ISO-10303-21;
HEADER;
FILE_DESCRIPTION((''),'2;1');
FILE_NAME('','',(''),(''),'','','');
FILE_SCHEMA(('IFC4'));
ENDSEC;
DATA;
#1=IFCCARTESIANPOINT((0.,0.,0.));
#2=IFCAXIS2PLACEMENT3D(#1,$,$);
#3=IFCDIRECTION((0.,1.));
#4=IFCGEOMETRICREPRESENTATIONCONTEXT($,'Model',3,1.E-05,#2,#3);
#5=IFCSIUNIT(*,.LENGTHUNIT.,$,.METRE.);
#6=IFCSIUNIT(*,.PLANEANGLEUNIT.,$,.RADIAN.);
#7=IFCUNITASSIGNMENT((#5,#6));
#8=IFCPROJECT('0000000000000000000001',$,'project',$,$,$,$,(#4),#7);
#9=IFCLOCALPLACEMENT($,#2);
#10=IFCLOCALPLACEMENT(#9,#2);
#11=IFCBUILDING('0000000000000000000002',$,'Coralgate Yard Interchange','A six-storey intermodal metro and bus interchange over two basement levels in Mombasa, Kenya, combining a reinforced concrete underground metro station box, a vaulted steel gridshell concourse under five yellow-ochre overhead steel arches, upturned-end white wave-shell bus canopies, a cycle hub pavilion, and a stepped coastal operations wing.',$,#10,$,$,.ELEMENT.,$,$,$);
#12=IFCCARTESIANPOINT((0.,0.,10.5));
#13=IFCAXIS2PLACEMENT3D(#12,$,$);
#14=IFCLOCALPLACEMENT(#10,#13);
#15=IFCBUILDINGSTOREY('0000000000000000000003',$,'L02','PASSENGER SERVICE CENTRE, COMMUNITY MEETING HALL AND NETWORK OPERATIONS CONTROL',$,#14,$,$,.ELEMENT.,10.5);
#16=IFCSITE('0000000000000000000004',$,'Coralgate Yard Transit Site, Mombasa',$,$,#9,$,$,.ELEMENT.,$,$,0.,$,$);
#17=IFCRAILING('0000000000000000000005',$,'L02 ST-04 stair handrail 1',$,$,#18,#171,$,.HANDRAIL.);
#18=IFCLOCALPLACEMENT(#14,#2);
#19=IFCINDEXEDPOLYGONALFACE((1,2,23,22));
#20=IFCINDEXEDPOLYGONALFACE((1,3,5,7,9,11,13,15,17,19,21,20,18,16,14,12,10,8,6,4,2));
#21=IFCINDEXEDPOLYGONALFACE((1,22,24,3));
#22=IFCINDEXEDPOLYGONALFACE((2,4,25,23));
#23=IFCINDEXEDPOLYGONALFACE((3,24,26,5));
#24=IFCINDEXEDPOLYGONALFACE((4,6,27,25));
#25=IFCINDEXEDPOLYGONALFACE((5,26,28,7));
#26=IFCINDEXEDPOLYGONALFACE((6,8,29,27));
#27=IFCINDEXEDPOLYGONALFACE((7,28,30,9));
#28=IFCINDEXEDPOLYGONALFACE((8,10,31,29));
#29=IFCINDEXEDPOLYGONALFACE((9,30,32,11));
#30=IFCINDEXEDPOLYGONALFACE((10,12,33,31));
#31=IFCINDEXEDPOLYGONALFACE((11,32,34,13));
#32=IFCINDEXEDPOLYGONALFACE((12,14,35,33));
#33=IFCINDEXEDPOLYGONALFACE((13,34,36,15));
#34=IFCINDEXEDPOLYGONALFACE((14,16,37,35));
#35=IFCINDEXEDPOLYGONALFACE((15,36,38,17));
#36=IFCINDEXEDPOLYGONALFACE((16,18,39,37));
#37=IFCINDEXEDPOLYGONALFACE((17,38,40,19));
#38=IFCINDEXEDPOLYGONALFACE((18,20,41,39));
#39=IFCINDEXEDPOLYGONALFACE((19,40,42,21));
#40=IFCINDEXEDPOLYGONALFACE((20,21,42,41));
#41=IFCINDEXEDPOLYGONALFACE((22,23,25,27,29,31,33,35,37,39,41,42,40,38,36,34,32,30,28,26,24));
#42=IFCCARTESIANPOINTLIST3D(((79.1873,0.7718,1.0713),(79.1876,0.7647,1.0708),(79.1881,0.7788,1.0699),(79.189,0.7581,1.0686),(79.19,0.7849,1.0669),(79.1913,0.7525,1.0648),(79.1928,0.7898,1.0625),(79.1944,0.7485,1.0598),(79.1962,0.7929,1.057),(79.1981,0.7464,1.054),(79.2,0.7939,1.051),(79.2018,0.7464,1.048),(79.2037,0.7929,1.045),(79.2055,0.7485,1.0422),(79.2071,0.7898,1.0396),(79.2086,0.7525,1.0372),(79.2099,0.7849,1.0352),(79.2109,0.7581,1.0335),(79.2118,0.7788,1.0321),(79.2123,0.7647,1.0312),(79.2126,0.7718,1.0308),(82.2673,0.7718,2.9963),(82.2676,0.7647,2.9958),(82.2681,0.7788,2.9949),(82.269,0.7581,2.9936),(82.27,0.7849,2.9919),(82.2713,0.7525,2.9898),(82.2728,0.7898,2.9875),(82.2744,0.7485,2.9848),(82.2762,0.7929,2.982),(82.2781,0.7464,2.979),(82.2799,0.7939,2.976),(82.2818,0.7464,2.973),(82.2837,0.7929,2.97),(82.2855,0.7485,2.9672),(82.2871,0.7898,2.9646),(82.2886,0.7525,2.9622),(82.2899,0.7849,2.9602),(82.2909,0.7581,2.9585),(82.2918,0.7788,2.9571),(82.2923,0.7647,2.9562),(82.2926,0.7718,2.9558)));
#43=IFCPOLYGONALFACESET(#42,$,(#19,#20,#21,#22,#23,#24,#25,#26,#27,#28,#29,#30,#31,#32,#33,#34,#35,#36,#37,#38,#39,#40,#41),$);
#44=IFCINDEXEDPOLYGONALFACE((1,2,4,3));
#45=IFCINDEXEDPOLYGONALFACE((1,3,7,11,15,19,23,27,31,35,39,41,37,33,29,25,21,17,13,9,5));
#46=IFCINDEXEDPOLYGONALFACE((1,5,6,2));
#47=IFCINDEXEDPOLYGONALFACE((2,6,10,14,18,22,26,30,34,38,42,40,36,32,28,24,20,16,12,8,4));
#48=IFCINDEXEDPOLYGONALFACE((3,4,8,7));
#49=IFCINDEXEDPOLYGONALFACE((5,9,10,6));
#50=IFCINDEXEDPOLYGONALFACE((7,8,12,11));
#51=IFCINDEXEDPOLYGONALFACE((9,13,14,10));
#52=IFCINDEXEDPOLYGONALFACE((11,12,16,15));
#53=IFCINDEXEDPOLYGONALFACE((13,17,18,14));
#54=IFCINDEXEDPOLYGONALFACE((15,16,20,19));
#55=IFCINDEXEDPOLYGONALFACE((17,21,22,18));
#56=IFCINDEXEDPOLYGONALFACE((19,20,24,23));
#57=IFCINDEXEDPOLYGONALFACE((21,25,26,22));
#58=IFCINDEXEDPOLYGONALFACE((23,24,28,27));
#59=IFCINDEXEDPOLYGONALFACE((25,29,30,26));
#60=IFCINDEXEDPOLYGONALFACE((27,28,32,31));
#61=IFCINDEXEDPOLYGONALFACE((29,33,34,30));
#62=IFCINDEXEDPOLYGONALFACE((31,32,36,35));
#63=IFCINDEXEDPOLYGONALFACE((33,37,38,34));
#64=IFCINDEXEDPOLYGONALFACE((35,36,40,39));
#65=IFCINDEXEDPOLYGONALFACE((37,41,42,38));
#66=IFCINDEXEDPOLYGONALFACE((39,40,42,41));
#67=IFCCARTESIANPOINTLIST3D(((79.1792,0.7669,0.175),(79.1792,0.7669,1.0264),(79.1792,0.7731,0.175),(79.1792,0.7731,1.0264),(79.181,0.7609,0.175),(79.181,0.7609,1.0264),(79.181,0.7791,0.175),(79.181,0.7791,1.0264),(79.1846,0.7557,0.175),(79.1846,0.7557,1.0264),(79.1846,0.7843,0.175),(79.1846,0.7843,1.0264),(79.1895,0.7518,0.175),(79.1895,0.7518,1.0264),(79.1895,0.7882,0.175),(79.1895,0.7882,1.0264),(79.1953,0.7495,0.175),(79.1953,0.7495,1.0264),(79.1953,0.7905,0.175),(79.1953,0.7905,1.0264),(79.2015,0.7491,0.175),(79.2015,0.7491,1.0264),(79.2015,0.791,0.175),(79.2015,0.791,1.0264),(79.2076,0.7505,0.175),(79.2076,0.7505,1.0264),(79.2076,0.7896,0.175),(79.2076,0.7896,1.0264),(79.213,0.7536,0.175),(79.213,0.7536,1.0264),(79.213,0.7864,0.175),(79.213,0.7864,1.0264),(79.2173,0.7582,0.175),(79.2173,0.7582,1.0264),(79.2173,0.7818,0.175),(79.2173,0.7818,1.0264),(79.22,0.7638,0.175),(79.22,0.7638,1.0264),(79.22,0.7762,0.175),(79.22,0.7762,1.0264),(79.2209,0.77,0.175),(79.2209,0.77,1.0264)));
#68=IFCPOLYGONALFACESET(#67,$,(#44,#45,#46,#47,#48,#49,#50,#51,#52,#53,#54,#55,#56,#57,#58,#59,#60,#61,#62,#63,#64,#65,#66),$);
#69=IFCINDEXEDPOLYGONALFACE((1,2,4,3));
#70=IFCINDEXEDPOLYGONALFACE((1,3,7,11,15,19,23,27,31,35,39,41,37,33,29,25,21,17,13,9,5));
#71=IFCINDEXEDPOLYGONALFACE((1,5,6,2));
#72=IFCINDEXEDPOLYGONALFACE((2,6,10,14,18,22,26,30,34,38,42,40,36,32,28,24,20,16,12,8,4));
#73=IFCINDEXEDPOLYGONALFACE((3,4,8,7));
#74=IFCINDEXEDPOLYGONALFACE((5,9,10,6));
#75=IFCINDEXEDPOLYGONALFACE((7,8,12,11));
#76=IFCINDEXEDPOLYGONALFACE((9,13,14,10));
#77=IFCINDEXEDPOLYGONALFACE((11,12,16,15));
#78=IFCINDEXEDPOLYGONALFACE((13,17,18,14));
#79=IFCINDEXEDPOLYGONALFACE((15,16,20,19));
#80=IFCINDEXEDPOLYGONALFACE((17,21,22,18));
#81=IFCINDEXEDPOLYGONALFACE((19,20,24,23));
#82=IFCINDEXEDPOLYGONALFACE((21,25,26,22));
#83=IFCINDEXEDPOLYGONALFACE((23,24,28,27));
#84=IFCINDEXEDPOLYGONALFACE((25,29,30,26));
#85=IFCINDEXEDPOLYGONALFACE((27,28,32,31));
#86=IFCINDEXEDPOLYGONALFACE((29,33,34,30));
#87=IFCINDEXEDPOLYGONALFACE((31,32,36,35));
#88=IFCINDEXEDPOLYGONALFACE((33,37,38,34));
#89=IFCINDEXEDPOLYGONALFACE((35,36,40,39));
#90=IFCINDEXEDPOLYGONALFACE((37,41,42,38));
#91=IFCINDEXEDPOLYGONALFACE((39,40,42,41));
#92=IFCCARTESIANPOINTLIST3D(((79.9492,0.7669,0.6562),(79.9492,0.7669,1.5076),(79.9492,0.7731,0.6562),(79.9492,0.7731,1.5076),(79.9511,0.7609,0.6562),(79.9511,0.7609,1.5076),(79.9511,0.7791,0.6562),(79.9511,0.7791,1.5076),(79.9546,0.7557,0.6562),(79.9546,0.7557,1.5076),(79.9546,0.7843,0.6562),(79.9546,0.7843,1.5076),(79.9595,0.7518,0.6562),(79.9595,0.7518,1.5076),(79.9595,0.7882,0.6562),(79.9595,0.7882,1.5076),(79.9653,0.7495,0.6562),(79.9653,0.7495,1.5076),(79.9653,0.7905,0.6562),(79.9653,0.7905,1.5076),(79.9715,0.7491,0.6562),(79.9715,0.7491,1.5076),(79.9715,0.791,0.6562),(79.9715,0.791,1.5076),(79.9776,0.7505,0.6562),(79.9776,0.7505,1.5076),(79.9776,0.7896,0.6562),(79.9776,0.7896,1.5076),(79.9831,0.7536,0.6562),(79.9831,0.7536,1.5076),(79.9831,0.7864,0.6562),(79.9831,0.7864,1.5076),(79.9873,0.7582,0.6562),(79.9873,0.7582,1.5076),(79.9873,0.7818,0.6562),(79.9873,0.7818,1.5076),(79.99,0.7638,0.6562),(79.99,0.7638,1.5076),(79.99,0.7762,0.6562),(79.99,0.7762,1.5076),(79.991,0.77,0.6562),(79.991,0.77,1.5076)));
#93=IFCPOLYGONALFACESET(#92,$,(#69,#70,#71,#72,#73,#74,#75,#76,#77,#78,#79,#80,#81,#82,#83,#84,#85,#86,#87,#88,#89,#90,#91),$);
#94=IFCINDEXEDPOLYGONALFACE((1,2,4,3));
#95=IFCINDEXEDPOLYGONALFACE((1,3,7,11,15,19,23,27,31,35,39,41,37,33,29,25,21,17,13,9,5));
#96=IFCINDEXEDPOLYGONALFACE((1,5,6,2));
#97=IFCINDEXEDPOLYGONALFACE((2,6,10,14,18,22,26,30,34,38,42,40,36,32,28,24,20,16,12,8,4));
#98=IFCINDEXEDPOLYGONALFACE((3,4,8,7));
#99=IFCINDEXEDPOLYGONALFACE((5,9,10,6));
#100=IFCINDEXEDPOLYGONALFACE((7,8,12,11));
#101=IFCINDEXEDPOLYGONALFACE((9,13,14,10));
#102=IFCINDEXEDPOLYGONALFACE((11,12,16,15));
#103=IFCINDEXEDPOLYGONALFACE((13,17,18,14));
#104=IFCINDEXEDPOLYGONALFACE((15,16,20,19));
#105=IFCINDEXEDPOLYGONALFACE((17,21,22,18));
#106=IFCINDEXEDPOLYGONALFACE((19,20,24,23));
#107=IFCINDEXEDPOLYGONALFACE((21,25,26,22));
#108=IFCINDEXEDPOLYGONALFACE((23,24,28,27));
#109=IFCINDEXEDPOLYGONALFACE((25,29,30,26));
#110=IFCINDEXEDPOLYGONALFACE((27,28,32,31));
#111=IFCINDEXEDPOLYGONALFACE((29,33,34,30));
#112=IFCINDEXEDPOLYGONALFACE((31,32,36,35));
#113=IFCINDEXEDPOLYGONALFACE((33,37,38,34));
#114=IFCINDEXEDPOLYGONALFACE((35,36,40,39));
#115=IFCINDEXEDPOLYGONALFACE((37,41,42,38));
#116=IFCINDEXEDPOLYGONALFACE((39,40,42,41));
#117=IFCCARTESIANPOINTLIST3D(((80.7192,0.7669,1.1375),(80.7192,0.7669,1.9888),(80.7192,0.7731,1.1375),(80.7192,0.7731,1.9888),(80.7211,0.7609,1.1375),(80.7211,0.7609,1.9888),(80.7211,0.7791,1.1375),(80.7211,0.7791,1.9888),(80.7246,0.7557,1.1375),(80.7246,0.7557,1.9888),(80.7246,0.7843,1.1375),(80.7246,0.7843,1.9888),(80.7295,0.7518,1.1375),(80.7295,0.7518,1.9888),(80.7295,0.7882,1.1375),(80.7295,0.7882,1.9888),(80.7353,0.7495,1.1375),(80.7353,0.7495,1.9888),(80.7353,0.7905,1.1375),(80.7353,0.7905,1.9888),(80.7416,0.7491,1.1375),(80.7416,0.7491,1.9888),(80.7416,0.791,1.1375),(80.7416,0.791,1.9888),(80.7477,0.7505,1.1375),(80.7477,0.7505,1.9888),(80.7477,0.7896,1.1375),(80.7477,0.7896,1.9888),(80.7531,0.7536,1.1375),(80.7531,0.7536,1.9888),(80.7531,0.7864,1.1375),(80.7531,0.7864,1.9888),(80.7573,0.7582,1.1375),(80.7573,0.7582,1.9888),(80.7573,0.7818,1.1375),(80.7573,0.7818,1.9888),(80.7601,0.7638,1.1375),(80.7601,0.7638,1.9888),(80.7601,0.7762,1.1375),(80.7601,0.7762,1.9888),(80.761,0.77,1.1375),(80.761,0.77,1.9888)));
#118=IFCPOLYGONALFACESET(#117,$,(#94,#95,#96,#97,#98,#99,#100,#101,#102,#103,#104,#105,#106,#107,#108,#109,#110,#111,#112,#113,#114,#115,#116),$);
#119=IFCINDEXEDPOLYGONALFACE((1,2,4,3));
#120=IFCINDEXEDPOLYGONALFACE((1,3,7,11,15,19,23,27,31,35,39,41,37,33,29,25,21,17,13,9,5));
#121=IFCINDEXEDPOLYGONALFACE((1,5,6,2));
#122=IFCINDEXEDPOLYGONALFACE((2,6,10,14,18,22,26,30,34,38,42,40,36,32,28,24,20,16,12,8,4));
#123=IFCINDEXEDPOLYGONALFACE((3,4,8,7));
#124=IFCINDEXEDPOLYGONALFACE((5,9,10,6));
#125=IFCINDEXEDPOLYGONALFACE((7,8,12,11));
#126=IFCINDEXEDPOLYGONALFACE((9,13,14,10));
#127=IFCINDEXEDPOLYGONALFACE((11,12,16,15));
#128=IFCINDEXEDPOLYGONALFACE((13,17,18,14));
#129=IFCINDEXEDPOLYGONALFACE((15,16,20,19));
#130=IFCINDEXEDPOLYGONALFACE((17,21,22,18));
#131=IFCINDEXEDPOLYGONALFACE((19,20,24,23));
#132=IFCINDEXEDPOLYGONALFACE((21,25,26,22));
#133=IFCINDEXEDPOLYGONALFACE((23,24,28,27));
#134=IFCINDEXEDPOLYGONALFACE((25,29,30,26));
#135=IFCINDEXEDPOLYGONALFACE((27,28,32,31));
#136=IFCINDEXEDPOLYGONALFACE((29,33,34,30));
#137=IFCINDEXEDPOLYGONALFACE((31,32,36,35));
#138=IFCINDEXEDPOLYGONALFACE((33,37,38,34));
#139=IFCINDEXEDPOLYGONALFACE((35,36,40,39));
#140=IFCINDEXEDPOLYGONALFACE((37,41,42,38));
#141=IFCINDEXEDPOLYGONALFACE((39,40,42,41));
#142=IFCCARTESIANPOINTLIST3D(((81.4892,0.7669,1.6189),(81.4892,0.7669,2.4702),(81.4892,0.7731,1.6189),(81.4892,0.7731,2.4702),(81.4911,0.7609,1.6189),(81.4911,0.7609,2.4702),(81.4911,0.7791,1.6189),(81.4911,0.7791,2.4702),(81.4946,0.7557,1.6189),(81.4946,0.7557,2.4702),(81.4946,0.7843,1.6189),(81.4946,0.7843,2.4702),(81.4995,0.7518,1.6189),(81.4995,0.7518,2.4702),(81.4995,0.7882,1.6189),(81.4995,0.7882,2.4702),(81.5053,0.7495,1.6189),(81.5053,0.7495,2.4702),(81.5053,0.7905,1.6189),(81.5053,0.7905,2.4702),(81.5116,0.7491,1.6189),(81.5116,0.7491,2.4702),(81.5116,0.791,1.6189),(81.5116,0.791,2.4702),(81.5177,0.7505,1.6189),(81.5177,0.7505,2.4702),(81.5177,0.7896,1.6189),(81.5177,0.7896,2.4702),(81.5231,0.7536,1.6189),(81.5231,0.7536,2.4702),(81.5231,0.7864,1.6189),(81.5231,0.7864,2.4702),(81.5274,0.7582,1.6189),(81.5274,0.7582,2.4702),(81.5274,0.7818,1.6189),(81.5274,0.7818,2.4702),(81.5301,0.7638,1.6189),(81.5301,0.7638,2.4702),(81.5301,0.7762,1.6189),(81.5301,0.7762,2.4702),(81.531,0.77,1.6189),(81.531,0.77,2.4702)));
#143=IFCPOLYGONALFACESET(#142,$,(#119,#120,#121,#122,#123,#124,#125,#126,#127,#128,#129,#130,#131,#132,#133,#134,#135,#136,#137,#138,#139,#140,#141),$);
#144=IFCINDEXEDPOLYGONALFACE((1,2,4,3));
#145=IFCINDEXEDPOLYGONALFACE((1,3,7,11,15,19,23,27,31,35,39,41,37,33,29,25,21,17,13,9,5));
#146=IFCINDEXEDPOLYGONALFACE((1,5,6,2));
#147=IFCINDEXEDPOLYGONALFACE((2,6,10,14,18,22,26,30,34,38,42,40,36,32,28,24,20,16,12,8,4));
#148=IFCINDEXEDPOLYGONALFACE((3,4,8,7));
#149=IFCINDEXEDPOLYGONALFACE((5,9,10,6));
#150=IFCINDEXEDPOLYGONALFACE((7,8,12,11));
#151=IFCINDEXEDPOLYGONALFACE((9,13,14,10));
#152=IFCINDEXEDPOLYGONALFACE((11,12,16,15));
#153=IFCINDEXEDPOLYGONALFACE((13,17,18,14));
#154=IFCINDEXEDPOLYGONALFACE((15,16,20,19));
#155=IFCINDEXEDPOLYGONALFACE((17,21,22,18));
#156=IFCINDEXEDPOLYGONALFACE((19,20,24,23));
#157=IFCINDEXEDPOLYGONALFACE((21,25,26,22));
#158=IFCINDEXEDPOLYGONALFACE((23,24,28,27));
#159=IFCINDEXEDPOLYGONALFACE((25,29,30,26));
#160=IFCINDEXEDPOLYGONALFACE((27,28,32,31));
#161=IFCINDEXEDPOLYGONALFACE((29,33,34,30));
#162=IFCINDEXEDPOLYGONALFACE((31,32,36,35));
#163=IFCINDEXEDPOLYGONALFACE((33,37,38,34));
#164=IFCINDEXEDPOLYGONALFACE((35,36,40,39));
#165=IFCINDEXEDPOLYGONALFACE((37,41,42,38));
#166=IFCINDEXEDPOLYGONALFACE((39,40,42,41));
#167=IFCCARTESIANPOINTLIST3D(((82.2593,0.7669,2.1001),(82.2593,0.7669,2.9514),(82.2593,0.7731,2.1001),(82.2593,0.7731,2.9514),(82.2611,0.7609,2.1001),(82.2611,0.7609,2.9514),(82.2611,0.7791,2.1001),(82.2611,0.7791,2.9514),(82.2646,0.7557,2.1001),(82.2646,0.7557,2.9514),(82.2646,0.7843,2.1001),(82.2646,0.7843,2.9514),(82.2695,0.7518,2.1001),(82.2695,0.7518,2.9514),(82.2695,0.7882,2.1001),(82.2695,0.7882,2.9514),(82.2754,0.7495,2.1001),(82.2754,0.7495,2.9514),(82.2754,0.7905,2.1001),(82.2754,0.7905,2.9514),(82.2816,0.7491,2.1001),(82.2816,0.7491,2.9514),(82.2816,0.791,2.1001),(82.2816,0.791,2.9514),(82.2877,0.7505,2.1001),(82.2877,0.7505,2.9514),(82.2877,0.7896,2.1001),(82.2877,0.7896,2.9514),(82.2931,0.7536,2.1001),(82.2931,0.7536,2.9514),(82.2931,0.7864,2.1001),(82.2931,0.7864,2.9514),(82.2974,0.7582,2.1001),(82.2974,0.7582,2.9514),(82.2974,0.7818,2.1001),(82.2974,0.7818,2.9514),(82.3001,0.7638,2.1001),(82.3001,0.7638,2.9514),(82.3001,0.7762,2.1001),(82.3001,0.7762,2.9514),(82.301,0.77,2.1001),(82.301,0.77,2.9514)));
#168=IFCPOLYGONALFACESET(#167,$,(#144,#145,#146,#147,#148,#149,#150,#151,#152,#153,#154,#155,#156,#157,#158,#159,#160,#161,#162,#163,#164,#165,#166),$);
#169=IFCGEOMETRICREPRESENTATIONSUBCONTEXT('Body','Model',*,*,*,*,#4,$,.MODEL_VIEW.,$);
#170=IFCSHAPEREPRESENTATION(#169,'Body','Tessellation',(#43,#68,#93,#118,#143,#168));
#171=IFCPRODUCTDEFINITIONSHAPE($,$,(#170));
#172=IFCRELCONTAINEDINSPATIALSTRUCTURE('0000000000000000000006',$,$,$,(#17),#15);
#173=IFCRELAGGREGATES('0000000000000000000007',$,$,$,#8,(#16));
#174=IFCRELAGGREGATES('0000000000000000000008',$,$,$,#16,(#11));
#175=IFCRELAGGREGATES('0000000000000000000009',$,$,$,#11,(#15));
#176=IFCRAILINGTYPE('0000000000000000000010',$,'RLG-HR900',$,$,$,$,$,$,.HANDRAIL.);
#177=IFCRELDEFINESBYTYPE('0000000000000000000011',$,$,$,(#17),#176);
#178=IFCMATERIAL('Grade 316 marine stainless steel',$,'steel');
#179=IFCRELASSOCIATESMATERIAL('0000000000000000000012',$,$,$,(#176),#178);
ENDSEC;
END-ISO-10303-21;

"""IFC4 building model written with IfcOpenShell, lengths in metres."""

from ifc_helpers import new_model, si_unit, direction, frame, origin, origin_2d, place, context, subcontext, project, spatial, circle, extrude, material, type_object, element, save


model = new_model("IFC4")

# Units and contexts
model_context = context("Model", 3, precision=1e-05, world=origin(), true_north=direction((0.0, 1.0)))
body_context = subcontext(model_context, "Body", "Model", "MODEL_VIEW")
ifc_project = project(units=[si_unit("LENGTHUNIT", "METRE"), si_unit("PLANEANGLEUNIT", "RADIAN")], contexts=[model_context])

# Site, building, storey
site_placement = place(None, origin())
site = spatial("IfcSite", under=ifc_project, at=site_placement, Name="Coralgate Yard Transit Site, Mombasa", CompositionType="ELEMENT", RefElevation=0.0)
building_placement = place(site_placement, origin())
building = spatial("IfcBuilding", under=site, at=building_placement, Name="Coralgate Yard Interchange", Description="A six-storey intermodal metro and bus interchange over two basement levels in Mombasa, Kenya, combining a reinforced concrete underground metro station box, a vaulted steel gridshell concourse under five yellow-ochre overhead steel arches, upturned-end white wave-shell bus canopies, a cycle hub pavilion, and a stepped coastal operations wing.", CompositionType="ELEMENT")
storey_placement = place(building_placement, frame((0.0, 0.0, 10.5)))
storey = spatial("IfcBuildingStorey", under=building, at=storey_placement, Name="L02", Description="PASSENGER SERVICE CENTRE, COMMUNITY MEETING HALL AND NETWORK OPERATIONS CONTROL", CompositionType="ELEMENT", Elevation=10.5)

# Railing
ifc_material_1 = material(Name="Grade 316 marine stainless steel", Category="steel")
railing_type_1 = type_object("IfcRailingType", Name="RLG-HR900", PredefinedType="HANDRAIL", material=ifc_material_1)
railing_1_placement = place(storey_placement, frame((79.2, 0.77, 0.175)))
element("IfcRailing", 1, at=railing_1_placement, inside=storey, type_object=railing_type_1, Name="L02 ST-04 stair handrail 1", PredefinedType="HANDRAIL", context=body_context, shape_type="SweptSolid", body=[
    extrude(circle(Radius=0.0239, at=origin_2d()), frame((0.0, 0.0, 0.876), z_axis=(0.847998, 0.0, 0.529999), x_axis=(0.0, 1.0, 0.0)), (0.0, 0.0, 1.0), 3.6321),
    extrude(circle(Radius=0.021, at=origin_2d()), origin(), (0.0, 0.0, 1.0), 0.8513),
    extrude(circle(Radius=0.021, at=origin_2d()), frame((0.77, 0.0, 0.4812)), (0.0, 0.0, 1.0), 0.8513),
    extrude(circle(Radius=0.021, at=origin_2d()), frame((1.54, 0.0, 0.9624)), (0.0, 0.0, 1.0), 0.8513),
    extrude(circle(Radius=0.021, at=origin_2d()), frame((2.3101, 0.0, 1.4438)), (0.0, 0.0, 1.0), 0.8513),
    extrude(circle(Radius=0.021, at=origin_2d()), frame((3.0801, 0.0, 1.925)), (0.0, 0.0, 1.0), 0.8513),
])

save(model, "model.ifc")
